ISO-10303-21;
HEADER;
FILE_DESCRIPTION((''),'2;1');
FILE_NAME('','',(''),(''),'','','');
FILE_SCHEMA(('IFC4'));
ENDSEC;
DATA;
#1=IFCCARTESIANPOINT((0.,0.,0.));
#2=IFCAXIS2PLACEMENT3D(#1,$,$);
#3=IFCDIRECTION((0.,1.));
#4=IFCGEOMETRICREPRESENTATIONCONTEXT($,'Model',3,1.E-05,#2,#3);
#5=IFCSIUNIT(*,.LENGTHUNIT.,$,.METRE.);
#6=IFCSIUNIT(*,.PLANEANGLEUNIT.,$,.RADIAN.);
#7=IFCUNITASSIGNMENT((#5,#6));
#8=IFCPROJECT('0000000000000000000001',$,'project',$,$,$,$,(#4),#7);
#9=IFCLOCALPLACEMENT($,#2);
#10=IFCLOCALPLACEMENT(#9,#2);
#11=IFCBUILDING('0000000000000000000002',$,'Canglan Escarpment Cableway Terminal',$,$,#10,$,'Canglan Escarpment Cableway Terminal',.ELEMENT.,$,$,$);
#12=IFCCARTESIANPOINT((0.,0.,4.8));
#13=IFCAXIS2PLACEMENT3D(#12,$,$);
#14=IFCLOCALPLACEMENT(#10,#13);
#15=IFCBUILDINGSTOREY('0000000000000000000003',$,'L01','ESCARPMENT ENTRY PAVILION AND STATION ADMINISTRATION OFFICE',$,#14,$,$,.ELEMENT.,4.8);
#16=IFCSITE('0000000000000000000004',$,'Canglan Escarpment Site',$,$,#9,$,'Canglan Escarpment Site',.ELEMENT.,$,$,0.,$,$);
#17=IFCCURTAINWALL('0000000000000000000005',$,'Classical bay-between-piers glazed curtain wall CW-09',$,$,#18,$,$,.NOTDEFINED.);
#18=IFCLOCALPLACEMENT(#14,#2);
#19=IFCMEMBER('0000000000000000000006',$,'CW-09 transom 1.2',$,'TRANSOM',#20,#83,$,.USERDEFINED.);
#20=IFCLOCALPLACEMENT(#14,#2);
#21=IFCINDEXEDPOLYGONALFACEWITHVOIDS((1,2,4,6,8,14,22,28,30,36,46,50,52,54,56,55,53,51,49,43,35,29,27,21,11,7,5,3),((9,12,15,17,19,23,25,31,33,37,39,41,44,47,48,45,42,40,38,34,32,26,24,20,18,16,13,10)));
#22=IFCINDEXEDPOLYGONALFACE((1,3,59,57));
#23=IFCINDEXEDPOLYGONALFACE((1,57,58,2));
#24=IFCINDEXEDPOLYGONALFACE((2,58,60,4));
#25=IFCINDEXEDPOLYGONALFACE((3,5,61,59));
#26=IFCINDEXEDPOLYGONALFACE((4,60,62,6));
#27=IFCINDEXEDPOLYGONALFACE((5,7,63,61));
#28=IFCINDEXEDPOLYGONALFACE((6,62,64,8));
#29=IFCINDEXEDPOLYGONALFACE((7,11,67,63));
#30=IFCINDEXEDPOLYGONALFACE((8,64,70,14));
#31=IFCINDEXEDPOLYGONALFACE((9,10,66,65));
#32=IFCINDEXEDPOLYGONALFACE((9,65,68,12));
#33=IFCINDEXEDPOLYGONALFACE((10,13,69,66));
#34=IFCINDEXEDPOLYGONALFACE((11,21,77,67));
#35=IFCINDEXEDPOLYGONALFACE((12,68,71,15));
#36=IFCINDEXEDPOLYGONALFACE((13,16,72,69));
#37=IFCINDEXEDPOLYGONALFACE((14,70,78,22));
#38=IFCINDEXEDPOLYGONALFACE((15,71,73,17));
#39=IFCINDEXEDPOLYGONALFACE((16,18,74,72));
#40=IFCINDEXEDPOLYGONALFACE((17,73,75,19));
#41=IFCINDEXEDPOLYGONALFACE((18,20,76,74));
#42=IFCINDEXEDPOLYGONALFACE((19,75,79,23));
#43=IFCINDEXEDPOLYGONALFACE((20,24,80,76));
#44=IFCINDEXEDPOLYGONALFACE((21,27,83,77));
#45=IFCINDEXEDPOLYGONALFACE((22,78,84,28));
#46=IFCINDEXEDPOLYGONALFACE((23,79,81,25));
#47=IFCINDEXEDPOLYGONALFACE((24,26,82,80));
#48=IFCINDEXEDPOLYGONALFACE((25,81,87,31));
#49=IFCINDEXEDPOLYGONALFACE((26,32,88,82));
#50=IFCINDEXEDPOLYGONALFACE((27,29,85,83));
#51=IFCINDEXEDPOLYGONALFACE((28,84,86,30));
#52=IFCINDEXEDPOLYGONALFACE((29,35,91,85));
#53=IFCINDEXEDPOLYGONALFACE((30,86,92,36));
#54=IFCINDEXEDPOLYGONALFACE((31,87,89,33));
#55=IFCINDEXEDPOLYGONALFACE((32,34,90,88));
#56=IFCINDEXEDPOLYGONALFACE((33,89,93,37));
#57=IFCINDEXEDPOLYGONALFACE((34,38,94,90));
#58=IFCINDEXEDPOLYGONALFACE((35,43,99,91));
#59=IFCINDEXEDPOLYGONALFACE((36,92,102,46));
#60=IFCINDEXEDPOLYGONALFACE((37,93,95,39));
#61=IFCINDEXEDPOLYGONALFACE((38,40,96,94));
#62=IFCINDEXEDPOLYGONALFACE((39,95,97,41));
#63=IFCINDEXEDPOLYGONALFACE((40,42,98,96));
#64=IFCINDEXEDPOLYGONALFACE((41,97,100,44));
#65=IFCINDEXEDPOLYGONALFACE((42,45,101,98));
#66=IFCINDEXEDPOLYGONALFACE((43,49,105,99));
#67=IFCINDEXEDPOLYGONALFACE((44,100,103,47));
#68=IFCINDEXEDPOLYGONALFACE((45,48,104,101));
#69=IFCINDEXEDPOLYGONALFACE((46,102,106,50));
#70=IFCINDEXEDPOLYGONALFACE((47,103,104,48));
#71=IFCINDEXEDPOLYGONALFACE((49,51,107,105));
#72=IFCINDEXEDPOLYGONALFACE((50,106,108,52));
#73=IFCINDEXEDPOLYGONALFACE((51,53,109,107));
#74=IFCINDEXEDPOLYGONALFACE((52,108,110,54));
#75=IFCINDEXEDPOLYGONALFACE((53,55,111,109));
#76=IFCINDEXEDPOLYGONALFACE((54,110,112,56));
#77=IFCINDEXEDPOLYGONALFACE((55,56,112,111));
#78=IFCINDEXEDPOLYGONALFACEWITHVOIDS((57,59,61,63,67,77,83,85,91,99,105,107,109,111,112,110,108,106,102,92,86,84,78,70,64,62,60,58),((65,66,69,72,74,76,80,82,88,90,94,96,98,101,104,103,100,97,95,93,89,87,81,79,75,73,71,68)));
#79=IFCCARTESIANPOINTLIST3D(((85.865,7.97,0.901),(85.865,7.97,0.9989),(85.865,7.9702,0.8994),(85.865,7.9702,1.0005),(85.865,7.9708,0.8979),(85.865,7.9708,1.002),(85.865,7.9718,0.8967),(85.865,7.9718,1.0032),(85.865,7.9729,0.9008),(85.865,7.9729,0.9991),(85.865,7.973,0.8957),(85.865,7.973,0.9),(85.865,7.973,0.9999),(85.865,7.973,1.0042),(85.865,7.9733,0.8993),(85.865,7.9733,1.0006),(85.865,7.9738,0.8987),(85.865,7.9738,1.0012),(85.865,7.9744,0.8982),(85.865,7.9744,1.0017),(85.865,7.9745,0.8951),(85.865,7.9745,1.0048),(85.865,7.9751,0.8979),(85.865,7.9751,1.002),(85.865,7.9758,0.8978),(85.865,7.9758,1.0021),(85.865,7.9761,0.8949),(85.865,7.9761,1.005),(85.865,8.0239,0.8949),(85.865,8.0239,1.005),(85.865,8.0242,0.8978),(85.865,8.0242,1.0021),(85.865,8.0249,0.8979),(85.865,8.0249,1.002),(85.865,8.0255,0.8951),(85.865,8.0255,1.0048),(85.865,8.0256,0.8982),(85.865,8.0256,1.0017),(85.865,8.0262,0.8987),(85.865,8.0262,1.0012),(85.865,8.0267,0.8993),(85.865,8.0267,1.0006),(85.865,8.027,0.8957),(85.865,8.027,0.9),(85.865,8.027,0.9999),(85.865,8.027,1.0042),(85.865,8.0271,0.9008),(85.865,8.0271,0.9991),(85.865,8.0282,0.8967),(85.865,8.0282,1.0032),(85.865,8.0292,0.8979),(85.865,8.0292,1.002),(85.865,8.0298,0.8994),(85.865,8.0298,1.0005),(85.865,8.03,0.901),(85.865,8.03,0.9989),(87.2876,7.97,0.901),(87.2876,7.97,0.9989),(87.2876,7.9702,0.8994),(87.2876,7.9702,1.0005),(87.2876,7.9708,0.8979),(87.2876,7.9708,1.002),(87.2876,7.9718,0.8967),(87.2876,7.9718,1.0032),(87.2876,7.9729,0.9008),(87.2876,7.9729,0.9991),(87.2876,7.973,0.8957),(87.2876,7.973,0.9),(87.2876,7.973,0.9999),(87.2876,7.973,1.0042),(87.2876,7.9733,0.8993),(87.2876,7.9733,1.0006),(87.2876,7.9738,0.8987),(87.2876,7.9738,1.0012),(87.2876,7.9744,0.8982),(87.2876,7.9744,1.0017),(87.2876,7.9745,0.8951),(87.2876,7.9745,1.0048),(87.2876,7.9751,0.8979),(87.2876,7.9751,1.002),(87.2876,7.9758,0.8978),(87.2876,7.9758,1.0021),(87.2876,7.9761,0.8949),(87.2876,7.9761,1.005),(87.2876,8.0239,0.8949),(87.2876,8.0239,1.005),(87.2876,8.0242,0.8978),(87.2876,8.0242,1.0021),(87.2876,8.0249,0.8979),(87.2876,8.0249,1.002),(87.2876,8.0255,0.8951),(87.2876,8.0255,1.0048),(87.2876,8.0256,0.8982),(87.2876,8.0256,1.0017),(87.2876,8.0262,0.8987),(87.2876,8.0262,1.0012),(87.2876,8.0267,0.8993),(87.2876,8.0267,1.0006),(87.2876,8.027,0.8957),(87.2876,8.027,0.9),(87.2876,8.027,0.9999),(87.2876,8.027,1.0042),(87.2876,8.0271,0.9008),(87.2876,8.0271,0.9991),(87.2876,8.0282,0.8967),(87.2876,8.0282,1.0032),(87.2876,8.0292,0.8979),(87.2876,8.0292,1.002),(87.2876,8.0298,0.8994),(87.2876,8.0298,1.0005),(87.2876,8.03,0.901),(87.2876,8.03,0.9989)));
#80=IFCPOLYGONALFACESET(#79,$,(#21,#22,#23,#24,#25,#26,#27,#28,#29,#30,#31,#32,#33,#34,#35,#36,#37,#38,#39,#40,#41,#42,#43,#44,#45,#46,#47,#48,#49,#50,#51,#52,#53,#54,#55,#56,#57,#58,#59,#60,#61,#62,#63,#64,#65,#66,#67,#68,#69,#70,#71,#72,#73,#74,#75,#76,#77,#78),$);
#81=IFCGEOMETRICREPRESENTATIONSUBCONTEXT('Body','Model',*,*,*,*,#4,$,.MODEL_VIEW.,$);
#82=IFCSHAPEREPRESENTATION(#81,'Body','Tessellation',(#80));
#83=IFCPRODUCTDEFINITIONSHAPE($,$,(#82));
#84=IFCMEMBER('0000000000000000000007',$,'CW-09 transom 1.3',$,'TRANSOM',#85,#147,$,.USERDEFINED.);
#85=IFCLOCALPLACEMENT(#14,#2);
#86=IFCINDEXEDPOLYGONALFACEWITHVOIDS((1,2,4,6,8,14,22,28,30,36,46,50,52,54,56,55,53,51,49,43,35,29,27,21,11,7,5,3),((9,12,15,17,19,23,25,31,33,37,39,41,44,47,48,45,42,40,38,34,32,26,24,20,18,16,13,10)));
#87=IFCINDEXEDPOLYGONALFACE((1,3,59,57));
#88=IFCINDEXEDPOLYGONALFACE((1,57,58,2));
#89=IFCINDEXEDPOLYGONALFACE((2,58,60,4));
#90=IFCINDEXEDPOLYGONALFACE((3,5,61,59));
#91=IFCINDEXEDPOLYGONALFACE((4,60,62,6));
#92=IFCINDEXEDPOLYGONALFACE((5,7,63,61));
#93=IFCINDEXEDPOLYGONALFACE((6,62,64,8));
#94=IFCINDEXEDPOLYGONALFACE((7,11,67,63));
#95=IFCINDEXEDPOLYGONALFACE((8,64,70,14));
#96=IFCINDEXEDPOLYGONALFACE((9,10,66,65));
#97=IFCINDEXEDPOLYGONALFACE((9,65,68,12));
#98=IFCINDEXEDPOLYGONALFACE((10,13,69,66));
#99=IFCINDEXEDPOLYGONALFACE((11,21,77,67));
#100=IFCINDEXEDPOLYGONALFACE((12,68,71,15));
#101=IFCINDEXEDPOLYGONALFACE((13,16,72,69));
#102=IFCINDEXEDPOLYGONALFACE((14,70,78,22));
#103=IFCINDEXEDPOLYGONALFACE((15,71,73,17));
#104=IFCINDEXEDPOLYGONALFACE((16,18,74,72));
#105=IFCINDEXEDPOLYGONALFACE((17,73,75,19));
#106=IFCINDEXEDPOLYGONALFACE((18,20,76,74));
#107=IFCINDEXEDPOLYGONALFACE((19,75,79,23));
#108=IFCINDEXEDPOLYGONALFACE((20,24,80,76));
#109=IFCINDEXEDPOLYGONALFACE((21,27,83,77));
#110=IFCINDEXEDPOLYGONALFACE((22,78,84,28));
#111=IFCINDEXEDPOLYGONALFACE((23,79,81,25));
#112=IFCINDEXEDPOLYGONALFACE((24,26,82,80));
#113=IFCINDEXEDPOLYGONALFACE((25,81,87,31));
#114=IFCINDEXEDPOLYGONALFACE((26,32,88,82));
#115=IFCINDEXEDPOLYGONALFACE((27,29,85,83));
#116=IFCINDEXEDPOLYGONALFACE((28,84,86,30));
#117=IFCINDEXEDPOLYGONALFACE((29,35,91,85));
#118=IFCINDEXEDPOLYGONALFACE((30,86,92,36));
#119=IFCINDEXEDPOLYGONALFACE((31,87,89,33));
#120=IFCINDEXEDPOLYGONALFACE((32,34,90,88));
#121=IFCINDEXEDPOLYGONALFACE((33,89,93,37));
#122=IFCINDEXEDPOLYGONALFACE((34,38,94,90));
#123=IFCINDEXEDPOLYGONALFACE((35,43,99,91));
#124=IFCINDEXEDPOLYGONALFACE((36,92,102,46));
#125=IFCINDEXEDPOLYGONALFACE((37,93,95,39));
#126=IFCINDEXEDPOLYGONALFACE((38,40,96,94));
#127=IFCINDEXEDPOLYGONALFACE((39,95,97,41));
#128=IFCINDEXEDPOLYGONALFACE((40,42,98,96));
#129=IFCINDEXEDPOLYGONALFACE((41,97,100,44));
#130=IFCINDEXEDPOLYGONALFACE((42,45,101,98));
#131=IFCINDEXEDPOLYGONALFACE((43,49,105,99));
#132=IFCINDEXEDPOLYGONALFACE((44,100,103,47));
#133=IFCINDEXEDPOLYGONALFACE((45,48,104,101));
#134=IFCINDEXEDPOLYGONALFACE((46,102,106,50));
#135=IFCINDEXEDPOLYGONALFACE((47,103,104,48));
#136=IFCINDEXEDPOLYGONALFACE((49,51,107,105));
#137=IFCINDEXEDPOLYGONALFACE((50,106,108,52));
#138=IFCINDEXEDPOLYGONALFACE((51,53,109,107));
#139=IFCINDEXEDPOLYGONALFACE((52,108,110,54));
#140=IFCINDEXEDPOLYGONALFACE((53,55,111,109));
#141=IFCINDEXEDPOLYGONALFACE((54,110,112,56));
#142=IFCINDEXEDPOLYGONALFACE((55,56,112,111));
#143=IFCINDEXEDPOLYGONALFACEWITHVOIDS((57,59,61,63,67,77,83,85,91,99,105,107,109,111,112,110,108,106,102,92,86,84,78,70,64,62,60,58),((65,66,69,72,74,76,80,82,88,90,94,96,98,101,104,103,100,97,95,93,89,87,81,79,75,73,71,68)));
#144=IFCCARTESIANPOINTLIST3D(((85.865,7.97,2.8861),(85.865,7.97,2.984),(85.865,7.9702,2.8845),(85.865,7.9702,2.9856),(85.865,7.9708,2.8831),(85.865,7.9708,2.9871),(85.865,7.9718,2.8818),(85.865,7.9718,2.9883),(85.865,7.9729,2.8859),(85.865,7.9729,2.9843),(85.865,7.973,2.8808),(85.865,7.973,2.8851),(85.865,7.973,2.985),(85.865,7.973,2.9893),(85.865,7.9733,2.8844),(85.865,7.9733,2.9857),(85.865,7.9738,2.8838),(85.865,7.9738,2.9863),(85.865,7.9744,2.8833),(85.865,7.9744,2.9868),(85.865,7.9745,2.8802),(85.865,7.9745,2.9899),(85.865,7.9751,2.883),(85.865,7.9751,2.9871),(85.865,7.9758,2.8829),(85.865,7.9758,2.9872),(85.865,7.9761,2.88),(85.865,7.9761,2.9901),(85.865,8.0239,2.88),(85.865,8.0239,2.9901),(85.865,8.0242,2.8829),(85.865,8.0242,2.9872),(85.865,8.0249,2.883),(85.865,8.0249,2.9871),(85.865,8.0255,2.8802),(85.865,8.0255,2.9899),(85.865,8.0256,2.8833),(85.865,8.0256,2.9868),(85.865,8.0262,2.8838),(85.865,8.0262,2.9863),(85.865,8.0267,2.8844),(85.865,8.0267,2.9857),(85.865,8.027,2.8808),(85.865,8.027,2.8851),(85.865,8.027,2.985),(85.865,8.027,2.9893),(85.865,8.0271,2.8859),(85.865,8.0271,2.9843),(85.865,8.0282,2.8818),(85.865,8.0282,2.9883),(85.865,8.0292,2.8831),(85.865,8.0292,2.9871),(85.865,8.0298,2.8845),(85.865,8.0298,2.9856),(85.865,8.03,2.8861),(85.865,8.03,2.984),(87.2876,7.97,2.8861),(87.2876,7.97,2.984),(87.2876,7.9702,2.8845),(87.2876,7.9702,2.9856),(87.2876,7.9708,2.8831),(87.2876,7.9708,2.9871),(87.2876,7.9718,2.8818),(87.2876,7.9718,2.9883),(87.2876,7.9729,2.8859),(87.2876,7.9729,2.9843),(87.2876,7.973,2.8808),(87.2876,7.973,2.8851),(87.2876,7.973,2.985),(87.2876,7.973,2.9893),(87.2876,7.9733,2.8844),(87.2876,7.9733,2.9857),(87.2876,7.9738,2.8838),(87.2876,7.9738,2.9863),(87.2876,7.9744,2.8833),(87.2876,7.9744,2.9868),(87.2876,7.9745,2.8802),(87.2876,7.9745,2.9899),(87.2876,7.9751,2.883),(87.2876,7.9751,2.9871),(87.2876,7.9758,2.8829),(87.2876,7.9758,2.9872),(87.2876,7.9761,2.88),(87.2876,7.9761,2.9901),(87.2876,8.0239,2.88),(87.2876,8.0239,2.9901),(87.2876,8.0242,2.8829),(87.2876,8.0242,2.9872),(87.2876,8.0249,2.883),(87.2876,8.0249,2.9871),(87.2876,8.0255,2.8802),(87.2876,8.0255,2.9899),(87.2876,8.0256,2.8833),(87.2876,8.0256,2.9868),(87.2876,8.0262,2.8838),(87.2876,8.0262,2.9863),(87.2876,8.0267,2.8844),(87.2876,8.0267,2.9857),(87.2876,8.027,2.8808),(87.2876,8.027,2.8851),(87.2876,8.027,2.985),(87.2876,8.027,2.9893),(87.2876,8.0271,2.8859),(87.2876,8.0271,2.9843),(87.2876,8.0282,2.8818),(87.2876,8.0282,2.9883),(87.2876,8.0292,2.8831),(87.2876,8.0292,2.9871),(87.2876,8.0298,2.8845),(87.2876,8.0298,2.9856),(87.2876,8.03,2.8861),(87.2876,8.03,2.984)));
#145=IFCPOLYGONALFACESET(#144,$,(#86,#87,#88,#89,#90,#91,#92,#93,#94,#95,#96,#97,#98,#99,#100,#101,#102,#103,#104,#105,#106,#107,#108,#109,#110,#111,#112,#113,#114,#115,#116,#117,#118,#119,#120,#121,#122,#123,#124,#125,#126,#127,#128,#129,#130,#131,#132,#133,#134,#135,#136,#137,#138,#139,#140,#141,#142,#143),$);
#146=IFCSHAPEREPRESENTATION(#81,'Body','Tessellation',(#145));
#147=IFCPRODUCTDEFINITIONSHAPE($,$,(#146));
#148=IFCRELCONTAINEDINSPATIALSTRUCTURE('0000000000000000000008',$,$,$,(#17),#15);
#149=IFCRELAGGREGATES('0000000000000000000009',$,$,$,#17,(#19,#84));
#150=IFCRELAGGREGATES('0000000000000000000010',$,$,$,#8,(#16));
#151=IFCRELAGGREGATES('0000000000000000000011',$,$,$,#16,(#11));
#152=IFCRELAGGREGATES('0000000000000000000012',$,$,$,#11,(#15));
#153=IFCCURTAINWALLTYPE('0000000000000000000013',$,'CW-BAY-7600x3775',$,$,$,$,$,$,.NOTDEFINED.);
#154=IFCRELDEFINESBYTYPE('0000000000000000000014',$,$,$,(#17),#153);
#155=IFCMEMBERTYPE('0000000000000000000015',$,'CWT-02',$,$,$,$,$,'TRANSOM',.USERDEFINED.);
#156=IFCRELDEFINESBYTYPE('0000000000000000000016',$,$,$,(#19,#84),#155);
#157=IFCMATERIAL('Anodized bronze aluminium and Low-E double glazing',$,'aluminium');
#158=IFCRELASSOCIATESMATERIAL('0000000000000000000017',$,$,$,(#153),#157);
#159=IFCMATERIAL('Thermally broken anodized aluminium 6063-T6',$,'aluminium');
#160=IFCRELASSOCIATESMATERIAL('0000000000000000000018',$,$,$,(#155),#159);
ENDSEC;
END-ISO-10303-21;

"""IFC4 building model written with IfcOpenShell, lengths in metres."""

from ifc_helpers import new_model, si_unit, direction, frame, origin, origin_2d, place, context, subcontext, project, spatial, hollow_rectangle, extrude, material, material_profile, profile_set, type_object, element, aggregate, save


model = new_model("IFC4")

# Units and contexts
model_context = context("Model", 3, precision=1e-05, world=origin(), true_north=direction((0.0, 1.0)))
body_context = subcontext(model_context, "Body", "Model", "MODEL_VIEW")
ifc_project = project(units=[si_unit("LENGTHUNIT", "METRE"), si_unit("PLANEANGLEUNIT", "RADIAN")], contexts=[model_context])

# Site, building, storey
site_placement = place(None, origin())
site = spatial("IfcSite", under=ifc_project, at=site_placement, Name="Canglan Escarpment Site", LongName="Canglan Escarpment Site", CompositionType="ELEMENT", RefElevation=0.0)
building_placement = place(site_placement, origin())
building = spatial("IfcBuilding", under=site, at=building_placement, Name="Canglan Escarpment Cableway Terminal", LongName="Canglan Escarpment Cableway Terminal", CompositionType="ELEMENT")
storey_placement = place(building_placement, frame((0.0, 0.0, 4.8)))
storey = spatial("IfcBuildingStorey", under=building, at=storey_placement, Name="L01", Description="ESCARPMENT ENTRY PAVILION AND STATION ADMINISTRATION OFFICE", CompositionType="ELEMENT", Elevation=4.8)

# Curtain wall, members
ifc_material_1 = material(Name="Anodized bronze aluminium and Low-E double glazing", Category="aluminium")
curtain_wall_type = type_object("IfcCurtainWallType", Name="CW-BAY-7600x3775", PredefinedType="NOTDEFINED", material=ifc_material_1)
curtain_wall_placement = place(storey_placement, origin())
curtain_wall = element("IfcCurtainWall", 1, at=curtain_wall_placement, inside=storey, type_object=curtain_wall_type, Name="Classical bay-between-piers glazed curtain wall CW-09", PredefinedType="NOTDEFINED")
ifc_material_2 = material(Name="Thermally broken anodized aluminium 6063-T6", Category="aluminium")
ifc_material_profile_1 = material_profile(ifc_material_2, hollow_rectangle(XDim=0.0601, YDim=0.1101, WallThickness=0.0029, InnerFilletRadius=0.0029, OuterFilletRadius=0.0061, at=origin_2d()), Name="ALU-TRAN 60x110x3")
ifc_profile_set_1 = profile_set([ifc_material_profile_1], Name="Thermally broken anodized aluminium 6063-T6")
member_type_1 = type_object("IfcMemberType", Name="CWT-02", ElementType="TRANSOM", PredefinedType="USERDEFINED", material=ifc_profile_set_1)
member_1_placement = place(storey_placement, frame((85.865, 8.0, 0.95), z_axis=(1.0, 0.0, 0.0), x_axis=(0.0, 1.0, 0.0)))
member_1 = element("IfcMember", 2, at=member_1_placement, type_object=member_type_1, Name="CW-09 transom 1.2", ObjectType="TRANSOM", PredefinedType="USERDEFINED", context=body_context, shape_type="SweptSolid", body=[
    extrude(hollow_rectangle(XDim=0.0601, YDim=0.1101, WallThickness=0.0029, InnerFilletRadius=0.0029, OuterFilletRadius=0.0061, at=origin_2d()), origin(), (0.0, 0.0, 1.0), 1.4226),
])
member_2_placement = place(storey_placement, frame((85.865, 8.0, 2.9351), z_axis=(1.0, 0.0, 0.0), x_axis=(0.0, 1.0, 0.0)))
member_2 = element("IfcMember", 3, at=member_2_placement, type_object=member_type_1, Name="CW-09 transom 1.3", ObjectType="TRANSOM", PredefinedType="USERDEFINED", context=body_context, shape_type="SweptSolid", body=[
    extrude(hollow_rectangle(XDim=0.0601, YDim=0.1101, WallThickness=0.0029, InnerFilletRadius=0.0029, OuterFilletRadius=0.0061, at=origin_2d()), origin(), (0.0, 0.0, 1.0), 1.4226),
])

aggregate(curtain_wall, [member_1, member_2])

save(model, "model.ifc")
